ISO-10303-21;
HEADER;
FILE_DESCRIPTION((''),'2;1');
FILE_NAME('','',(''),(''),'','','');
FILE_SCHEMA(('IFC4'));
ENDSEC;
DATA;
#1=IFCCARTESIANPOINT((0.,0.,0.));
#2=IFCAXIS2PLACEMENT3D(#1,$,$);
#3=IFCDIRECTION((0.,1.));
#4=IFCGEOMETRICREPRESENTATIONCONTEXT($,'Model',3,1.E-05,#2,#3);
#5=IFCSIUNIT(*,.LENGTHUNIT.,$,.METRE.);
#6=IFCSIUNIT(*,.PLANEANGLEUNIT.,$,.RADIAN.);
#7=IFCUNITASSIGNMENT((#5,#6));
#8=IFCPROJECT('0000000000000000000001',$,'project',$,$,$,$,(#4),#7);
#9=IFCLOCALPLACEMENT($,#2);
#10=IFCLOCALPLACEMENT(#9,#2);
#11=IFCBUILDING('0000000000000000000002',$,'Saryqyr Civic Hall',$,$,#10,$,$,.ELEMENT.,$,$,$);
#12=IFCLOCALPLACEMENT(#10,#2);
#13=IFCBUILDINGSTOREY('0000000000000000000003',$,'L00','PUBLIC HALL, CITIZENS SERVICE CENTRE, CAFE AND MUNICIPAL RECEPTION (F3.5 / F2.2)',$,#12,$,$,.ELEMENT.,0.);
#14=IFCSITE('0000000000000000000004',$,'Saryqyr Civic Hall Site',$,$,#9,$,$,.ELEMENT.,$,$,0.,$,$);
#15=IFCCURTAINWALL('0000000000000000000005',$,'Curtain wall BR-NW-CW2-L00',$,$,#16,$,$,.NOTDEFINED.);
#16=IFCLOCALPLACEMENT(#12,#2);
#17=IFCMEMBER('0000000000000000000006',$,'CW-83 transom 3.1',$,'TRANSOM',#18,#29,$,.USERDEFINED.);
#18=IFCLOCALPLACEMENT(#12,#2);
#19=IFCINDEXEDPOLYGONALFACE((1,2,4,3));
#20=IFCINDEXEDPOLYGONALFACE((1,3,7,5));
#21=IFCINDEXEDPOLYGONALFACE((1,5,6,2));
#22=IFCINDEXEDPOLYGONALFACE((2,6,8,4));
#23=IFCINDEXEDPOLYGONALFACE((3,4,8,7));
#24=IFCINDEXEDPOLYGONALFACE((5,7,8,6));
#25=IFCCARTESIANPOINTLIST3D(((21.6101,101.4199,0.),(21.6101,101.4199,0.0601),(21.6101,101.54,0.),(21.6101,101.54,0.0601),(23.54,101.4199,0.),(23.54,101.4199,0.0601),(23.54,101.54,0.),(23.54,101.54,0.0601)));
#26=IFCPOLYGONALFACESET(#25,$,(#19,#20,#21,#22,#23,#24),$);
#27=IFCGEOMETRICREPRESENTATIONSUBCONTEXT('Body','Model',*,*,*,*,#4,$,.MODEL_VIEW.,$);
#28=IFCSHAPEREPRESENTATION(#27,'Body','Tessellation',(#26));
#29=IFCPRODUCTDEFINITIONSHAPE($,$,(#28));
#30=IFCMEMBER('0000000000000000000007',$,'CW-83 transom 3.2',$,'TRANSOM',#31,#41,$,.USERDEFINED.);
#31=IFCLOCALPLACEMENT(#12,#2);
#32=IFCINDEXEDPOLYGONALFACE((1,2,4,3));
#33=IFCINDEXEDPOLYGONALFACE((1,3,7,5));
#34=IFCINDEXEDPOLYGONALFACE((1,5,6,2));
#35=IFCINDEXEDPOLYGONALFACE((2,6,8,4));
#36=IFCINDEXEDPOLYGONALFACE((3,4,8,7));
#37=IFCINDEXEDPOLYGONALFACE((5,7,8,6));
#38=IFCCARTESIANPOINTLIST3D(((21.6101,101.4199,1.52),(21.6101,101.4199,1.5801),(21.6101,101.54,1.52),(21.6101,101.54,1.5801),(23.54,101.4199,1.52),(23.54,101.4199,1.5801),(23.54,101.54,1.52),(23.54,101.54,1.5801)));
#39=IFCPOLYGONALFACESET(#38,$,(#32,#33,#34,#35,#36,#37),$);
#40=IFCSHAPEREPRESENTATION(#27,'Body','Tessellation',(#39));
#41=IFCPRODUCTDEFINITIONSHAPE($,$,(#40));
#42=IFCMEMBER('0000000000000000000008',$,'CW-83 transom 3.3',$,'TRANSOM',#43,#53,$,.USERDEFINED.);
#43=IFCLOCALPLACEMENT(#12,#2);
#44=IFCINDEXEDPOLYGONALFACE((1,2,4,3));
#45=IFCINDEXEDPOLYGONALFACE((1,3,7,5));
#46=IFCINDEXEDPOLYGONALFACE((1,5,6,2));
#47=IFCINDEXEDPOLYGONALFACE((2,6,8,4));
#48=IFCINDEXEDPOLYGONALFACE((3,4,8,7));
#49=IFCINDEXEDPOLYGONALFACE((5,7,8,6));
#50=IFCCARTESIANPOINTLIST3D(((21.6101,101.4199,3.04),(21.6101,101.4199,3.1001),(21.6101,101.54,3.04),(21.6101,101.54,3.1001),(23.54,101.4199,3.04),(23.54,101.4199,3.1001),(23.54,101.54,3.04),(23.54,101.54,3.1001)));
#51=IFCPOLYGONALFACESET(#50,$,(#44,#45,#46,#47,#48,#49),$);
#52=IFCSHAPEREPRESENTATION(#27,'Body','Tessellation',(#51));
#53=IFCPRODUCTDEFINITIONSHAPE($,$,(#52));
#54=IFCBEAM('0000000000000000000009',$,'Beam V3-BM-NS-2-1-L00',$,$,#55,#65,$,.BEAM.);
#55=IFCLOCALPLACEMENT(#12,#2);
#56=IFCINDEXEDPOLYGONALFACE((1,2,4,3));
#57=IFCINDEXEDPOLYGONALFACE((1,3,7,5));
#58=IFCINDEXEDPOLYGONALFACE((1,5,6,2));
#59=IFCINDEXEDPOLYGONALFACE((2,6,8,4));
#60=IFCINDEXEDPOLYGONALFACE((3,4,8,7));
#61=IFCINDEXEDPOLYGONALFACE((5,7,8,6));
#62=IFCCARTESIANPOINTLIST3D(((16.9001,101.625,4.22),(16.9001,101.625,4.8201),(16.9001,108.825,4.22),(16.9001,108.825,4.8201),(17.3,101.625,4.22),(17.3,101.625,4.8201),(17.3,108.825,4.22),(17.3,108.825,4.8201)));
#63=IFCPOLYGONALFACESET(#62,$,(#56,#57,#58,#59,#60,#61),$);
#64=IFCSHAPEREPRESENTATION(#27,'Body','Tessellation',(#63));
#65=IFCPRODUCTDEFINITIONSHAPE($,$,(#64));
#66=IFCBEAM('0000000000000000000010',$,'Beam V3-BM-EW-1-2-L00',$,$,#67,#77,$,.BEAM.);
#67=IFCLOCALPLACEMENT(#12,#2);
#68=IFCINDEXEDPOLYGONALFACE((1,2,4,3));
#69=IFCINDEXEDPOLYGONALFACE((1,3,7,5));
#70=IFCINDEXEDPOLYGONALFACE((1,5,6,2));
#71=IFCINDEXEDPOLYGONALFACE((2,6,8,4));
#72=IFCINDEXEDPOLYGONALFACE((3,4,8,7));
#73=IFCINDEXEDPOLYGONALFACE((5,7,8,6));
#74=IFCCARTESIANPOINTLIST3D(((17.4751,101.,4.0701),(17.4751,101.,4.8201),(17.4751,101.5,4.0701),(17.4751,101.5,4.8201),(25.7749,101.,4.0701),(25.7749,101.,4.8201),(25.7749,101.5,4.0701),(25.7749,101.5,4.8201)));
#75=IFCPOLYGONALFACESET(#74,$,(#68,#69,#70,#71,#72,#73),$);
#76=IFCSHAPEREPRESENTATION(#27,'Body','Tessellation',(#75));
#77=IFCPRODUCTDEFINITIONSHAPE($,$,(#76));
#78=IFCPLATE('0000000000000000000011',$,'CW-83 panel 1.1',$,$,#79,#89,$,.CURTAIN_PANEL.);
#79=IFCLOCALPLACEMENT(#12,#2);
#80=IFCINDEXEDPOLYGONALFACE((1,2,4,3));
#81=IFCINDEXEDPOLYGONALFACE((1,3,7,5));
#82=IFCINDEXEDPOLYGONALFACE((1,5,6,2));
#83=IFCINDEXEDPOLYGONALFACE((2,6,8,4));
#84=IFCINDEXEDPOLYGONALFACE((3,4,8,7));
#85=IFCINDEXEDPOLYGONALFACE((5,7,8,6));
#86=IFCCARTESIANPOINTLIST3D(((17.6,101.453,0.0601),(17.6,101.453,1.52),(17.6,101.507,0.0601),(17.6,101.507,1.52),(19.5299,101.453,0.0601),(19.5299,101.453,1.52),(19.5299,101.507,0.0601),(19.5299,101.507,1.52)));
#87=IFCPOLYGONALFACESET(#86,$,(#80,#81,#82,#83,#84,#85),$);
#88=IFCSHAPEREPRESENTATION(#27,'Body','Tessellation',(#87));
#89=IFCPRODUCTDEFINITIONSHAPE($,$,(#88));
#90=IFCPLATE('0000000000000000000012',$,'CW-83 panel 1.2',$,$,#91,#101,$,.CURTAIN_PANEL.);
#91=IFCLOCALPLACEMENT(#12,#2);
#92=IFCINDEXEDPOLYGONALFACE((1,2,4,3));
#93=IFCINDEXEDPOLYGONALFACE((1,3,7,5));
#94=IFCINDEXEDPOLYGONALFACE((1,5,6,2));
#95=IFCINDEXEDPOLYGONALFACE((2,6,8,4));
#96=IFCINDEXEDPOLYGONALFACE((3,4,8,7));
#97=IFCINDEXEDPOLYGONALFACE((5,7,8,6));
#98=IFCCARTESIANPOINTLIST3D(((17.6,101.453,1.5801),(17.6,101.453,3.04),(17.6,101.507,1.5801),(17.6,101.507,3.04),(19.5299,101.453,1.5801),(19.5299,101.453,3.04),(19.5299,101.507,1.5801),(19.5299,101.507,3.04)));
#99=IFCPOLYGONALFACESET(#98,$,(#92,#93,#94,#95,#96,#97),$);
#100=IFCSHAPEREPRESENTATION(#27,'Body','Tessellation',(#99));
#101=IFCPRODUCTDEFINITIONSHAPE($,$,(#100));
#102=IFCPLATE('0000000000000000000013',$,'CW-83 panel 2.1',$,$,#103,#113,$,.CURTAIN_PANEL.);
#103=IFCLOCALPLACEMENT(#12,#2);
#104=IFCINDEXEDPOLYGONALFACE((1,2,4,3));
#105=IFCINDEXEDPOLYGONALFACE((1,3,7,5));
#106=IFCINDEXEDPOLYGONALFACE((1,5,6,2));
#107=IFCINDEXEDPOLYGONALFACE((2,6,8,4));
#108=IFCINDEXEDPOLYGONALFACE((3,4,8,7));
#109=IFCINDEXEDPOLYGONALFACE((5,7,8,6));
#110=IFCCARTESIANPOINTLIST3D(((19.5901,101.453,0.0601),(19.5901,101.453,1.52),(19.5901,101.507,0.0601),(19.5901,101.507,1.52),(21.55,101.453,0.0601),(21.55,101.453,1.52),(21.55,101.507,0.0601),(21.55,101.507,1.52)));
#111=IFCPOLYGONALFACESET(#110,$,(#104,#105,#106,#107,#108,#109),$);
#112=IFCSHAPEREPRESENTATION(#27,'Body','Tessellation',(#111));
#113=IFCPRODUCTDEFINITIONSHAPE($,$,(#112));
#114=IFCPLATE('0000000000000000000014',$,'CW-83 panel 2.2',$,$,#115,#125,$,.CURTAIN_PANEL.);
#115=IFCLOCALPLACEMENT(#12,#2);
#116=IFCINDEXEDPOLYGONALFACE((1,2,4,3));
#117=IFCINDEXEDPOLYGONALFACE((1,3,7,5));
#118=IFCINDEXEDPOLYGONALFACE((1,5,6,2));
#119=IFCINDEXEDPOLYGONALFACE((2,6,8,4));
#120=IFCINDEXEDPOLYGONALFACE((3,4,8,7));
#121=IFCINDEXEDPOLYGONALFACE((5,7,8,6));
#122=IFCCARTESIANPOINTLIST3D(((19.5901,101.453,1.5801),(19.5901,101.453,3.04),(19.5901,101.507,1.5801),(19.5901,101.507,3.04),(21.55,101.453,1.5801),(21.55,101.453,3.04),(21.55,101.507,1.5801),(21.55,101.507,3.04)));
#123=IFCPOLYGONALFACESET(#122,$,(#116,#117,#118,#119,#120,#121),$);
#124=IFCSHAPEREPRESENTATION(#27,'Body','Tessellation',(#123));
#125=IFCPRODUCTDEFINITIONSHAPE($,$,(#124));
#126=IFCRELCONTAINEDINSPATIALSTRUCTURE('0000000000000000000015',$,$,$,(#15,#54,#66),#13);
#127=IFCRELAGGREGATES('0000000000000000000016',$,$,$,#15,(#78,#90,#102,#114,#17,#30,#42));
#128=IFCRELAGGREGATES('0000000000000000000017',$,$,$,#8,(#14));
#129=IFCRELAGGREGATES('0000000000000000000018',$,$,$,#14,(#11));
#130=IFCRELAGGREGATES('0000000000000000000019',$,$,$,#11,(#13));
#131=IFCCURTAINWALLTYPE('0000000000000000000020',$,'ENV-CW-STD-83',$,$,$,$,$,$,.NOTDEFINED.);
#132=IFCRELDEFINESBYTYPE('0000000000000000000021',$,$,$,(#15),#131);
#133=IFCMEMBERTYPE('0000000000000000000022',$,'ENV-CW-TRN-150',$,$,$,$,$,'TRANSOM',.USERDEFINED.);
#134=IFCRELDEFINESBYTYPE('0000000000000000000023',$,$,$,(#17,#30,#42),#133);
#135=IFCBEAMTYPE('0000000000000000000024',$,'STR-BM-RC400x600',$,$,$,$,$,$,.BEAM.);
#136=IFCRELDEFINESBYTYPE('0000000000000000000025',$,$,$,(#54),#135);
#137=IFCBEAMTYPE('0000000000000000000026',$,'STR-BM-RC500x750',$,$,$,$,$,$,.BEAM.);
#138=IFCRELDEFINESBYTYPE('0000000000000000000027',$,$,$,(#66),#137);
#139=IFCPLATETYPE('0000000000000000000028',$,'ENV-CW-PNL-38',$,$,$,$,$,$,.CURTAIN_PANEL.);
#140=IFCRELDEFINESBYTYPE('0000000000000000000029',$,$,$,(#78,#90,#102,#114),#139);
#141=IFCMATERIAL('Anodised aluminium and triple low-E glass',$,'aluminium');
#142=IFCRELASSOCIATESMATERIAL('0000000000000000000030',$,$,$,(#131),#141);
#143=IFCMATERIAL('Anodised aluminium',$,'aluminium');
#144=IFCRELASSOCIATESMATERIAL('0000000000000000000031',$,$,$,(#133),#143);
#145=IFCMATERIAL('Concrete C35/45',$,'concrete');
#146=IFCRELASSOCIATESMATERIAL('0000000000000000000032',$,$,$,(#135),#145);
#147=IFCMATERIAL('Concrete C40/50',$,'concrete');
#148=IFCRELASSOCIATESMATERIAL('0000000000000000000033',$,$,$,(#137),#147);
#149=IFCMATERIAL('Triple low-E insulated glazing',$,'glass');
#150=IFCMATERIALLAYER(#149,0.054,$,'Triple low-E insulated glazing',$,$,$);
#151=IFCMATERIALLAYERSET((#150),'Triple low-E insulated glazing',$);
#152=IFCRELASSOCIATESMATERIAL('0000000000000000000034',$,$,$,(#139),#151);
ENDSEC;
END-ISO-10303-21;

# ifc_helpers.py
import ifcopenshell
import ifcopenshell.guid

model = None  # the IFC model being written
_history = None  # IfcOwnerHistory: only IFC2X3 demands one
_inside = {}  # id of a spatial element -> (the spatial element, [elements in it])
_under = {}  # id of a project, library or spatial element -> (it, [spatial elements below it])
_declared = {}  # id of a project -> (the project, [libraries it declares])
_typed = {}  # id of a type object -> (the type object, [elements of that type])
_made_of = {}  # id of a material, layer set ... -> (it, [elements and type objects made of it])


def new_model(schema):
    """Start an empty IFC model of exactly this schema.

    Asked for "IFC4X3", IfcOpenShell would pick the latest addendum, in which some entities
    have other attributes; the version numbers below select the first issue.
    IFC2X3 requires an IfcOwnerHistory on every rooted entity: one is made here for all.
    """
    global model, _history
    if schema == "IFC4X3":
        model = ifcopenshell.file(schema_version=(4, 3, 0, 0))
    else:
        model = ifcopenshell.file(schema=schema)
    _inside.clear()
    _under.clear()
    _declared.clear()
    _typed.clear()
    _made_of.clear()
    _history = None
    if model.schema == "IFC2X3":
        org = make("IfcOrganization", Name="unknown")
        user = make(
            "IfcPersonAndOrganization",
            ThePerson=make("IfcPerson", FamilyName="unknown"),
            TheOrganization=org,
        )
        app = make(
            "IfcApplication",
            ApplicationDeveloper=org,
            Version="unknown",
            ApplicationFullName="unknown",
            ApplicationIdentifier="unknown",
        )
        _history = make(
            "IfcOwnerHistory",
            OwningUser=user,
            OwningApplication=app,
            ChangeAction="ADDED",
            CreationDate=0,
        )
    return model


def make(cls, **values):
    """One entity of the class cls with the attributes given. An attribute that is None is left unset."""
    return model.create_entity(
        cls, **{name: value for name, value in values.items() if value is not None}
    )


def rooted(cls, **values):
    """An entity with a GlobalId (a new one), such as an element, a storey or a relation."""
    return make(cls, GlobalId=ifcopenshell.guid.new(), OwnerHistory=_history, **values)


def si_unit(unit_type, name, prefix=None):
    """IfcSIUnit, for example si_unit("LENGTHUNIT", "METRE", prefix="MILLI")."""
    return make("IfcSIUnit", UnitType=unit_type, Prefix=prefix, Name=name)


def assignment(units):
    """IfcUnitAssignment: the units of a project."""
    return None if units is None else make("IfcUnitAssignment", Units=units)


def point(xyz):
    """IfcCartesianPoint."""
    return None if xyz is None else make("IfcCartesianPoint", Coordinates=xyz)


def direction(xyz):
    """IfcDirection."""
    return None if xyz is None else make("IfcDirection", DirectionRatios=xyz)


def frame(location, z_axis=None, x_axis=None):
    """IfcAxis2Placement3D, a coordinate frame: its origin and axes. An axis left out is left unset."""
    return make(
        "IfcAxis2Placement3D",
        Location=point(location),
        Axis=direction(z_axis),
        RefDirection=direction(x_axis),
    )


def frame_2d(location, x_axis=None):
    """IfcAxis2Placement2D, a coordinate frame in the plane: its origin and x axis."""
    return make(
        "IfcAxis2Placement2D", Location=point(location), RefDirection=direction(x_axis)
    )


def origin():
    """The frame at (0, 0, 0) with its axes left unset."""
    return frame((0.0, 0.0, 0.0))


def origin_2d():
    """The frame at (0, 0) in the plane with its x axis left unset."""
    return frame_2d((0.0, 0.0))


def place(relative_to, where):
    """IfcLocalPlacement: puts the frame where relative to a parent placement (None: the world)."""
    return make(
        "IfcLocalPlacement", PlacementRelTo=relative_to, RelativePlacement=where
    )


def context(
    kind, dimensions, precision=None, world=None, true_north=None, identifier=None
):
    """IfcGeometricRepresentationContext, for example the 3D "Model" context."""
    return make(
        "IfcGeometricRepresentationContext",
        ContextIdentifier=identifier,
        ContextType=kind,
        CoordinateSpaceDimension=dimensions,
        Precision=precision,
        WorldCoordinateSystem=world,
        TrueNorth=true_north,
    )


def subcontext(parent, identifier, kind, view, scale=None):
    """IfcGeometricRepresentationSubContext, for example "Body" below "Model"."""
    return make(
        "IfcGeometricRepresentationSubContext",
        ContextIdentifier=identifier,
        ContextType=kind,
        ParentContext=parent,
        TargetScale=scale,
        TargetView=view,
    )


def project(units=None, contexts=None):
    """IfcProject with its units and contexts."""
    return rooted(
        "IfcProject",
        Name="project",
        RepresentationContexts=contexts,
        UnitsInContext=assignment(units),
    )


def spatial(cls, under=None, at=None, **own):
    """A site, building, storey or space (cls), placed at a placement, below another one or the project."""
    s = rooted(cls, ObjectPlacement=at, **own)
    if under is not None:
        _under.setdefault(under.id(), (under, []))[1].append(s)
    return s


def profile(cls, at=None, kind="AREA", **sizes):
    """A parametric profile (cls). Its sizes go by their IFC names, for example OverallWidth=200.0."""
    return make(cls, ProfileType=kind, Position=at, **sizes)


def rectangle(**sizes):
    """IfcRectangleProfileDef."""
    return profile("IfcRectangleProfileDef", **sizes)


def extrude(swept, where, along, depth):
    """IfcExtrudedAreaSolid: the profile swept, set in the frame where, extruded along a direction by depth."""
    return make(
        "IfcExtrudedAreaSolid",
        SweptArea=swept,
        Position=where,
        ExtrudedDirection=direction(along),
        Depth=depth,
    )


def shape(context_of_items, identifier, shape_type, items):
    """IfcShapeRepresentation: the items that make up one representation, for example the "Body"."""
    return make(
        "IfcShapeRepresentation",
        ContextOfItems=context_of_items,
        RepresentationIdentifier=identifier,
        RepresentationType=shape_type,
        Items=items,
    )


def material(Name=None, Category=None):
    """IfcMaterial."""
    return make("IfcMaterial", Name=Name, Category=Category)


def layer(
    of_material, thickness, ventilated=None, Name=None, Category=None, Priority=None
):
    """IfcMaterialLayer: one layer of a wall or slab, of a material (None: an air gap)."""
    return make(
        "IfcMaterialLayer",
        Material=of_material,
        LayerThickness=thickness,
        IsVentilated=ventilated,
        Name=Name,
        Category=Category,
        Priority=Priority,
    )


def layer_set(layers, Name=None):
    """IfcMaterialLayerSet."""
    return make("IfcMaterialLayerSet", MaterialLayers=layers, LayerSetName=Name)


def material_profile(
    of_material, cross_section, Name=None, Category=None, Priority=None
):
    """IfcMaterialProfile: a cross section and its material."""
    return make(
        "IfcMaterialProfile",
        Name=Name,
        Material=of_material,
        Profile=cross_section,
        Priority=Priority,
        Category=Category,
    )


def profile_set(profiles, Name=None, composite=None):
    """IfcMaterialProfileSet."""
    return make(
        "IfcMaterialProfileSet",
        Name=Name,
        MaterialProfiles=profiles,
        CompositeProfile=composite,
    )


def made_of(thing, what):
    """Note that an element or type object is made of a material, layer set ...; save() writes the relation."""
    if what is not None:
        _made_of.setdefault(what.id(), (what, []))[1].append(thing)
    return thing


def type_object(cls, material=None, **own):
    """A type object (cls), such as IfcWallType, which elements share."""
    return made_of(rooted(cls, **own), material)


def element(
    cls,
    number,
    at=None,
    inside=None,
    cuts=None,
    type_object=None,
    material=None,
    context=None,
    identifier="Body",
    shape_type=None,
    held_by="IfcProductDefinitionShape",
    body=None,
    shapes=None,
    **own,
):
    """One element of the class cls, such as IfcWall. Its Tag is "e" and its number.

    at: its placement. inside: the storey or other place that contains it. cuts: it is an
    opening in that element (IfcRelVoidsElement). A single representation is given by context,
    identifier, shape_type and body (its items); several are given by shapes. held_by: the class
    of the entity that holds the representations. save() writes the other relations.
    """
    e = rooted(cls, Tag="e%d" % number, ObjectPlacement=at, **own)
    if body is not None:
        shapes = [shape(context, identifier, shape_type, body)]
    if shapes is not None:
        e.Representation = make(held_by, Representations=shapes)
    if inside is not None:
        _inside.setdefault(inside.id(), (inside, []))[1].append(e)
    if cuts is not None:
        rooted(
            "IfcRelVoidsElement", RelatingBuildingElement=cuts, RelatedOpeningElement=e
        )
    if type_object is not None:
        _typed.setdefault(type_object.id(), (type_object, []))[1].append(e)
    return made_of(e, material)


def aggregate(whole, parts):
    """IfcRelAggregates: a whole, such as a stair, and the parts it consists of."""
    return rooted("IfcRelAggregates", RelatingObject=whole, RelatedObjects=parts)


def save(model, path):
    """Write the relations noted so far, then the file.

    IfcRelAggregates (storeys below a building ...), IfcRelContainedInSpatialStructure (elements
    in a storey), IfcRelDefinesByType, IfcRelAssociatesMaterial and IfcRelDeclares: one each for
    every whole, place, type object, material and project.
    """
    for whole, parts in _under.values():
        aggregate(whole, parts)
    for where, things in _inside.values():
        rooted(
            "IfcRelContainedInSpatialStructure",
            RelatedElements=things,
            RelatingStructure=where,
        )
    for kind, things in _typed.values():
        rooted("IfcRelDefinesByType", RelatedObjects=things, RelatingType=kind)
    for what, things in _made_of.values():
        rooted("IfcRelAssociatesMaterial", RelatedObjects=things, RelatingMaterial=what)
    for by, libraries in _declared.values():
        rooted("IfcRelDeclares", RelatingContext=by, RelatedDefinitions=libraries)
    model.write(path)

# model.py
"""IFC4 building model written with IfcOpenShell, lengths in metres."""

from ifc_helpers import new_model, si_unit, direction, frame, origin, origin_2d, place, context, subcontext, project, spatial, rectangle, extrude, material, layer, layer_set, material_profile, profile_set, type_object, element, aggregate, save


model = new_model("IFC4")

# Units and contexts
model_context = context("Model", 3, precision=1e-05, world=origin(), true_north=direction((0.0, 1.0)))
body_context = subcontext(model_context, "Body", "Model", "MODEL_VIEW")
ifc_project = project(units=[si_unit("LENGTHUNIT", "METRE"), si_unit("PLANEANGLEUNIT", "RADIAN")], contexts=[model_context])

# Site, building, storey
site_placement = place(None, origin())
site = spatial("IfcSite", under=ifc_project, at=site_placement, Name="Saryqyr Civic Hall Site", CompositionType="ELEMENT", RefElevation=0.0)
building_placement = place(site_placement, origin())
building = spatial("IfcBuilding", under=site, at=building_placement, Name="Saryqyr Civic Hall", CompositionType="ELEMENT")
storey_placement = place(building_placement, origin())
storey = spatial("IfcBuildingStorey", under=building, at=storey_placement, Name="L00", Description="PUBLIC HALL, CITIZENS SERVICE CENTRE, CAFE AND MUNICIPAL RECEPTION (F3.5 / F2.2)", CompositionType="ELEMENT", Elevation=0.0)

# Shared definitions
ifc_material_1 = material(Name="Concrete C40/50", Category="concrete")

# Curtain wall, members
ifc_material_2 = material(Name="Anodised aluminium and triple low-E glass", Category="aluminium")
curtain_wall_type = type_object("IfcCurtainWallType", Name="ENV-CW-STD-83", PredefinedType="NOTDEFINED", material=ifc_material_2)
curtain_wall_placement = place(storey_placement, origin())
curtain_wall = element("IfcCurtainWall", 1, at=curtain_wall_placement, inside=storey, type_object=curtain_wall_type, Name="Curtain wall BR-NW-CW2-L00", PredefinedType="NOTDEFINED")
ifc_material_3 = material(Name="Anodised aluminium", Category="aluminium")
ifc_material_profile_1 = material_profile(ifc_material_3, rectangle(XDim=0.1201, YDim=0.0601, at=origin_2d()), Name="ALU TRANSOM 120x60")
ifc_profile_set_1 = profile_set([ifc_material_profile_1], Name="Anodised aluminium")
member_type_1 = type_object("IfcMemberType", Name="ENV-CW-TRN-150", ElementType="TRANSOM", PredefinedType="USERDEFINED", material=ifc_profile_set_1)
member_1_placement = place(storey_placement, frame((21.6101, 101.48, 0.03), z_axis=(1.0, 0.0, 0.0), x_axis=(0.0, 1.0, 0.0)))
member_1 = element("IfcMember", 2, at=member_1_placement, type_object=member_type_1, Name="CW-83 transom 3.1", ObjectType="TRANSOM", PredefinedType="USERDEFINED", context=body_context, shape_type="SweptSolid", body=[
    extrude(rectangle(XDim=0.1201, YDim=0.0601, at=origin_2d()), origin(), (0.0, 0.0, 1.0), 1.9299),
])
member_2_placement = place(storey_placement, frame((21.6101, 101.48, 1.55), z_axis=(1.0, 0.0, 0.0), x_axis=(0.0, 1.0, 0.0)))
member_2 = element("IfcMember", 3, at=member_2_placement, type_object=member_type_1, Name="CW-83 transom 3.2", ObjectType="TRANSOM", PredefinedType="USERDEFINED", context=body_context, shape_type="SweptSolid", body=[
    extrude(rectangle(XDim=0.1201, YDim=0.0601, at=origin_2d()), origin(), (0.0, 0.0, 1.0), 1.9299),
])
member_3_placement = place(storey_placement, frame((21.6101, 101.48, 3.0701), z_axis=(1.0, 0.0, 0.0), x_axis=(0.0, 1.0, 0.0)))
member_3 = element("IfcMember", 4, at=member_3_placement, type_object=member_type_1, Name="CW-83 transom 3.3", ObjectType="TRANSOM", PredefinedType="USERDEFINED", context=body_context, shape_type="SweptSolid", body=[
    extrude(rectangle(XDim=0.1201, YDim=0.0601, at=origin_2d()), origin(), (0.0, 0.0, 1.0), 1.9299),
])

# Beams
ifc_material_4 = material(Name="Concrete C35/45", Category="concrete")
ifc_material_profile_2 = material_profile(ifc_material_4, rectangle(XDim=0.3999, YDim=0.6001, at=origin_2d()), Name="RC 400x600")
ifc_profile_set_2 = profile_set([ifc_material_profile_2], Name="Concrete C35/45")
beam_type_1 = type_object("IfcBeamType", Name="STR-BM-RC400x600", PredefinedType="BEAM", material=ifc_profile_set_2)
beam_1_placement = place(storey_placement, frame((17.1001, 101.625, 4.52), z_axis=(0.0, 1.0, 0.0), x_axis=(-1.0, 0.0, 0.0)))
element("IfcBeam", 5, at=beam_1_placement, inside=storey, type_object=beam_type_1, Name="Beam V3-BM-NS-2-1-L00", PredefinedType="BEAM", context=body_context, shape_type="SweptSolid", body=[
    extrude(rectangle(XDim=0.3999, YDim=0.6001, at=origin_2d()), origin(), (0.0, 0.0, 1.0), 7.2),
])
ifc_material_profile_3 = material_profile(ifc_material_1, rectangle(XDim=0.5, YDim=0.75, at=origin_2d()), Name="RC 500x750")
ifc_profile_set_3 = profile_set([ifc_material_profile_3], Name="Concrete C40/50")
beam_type_2 = type_object("IfcBeamType", Name="STR-BM-RC500x750", PredefinedType="BEAM", material=ifc_profile_set_3)
beam_2_placement = place(storey_placement, frame((17.4751, 101.25, 4.4451), z_axis=(1.0, 0.0, 0.0), x_axis=(0.0, 1.0, 0.0)))
element("IfcBeam", 6, at=beam_2_placement, inside=storey, type_object=beam_type_2, Name="Beam V3-BM-EW-1-2-L00", PredefinedType="BEAM", context=body_context, shape_type="SweptSolid", body=[
    extrude(rectangle(XDim=0.5, YDim=0.75, at=origin_2d()), origin(), (0.0, 0.0, 1.0), 8.2998),
])

# Plates
ifc_material_5 = material(Name="Triple low-E insulated glazing", Category="glass")
ifc_layer = layer(ifc_material_5, 0.054, Name="Triple low-E insulated glazing")
ifc_layer_set = layer_set([ifc_layer], Name="Triple low-E insulated glazing")
plate_type = type_object("IfcPlateType", Name="ENV-CW-PNL-38", PredefinedType="CURTAIN_PANEL", material=ifc_layer_set)
plate_1_placement = place(storey_placement, frame((18.5649, 101.48, 0.0601), z_axis=(0.0, 0.0, 1.0), x_axis=(1.0, 0.0, 0.0)))
plate_1 = element("IfcPlate", 7, at=plate_1_placement, type_object=plate_type, Name="CW-83 panel 1.1", PredefinedType="CURTAIN_PANEL", context=body_context, shape_type="SweptSolid", body=[
    extrude(rectangle(XDim=1.9299, YDim=0.054, at=origin_2d()), origin(), (0.0, 0.0, 1.0), 1.46),
])
plate_2_placement = place(storey_placement, frame((18.5649, 101.48, 1.5801), z_axis=(0.0, 0.0, 1.0), x_axis=(1.0, 0.0, 0.0)))
plate_2 = element("IfcPlate", 8, at=plate_2_placement, type_object=plate_type, Name="CW-83 panel 1.2", PredefinedType="CURTAIN_PANEL", context=body_context, shape_type="SweptSolid", body=[
    extrude(rectangle(XDim=1.9299, YDim=0.054, at=origin_2d()), origin(), (0.0, 0.0, 1.0), 1.46),
])
plate_3_placement = place(storey_placement, frame((20.5701, 101.48, 0.0601), z_axis=(0.0, 0.0, 1.0), x_axis=(1.0, 0.0, 0.0)))
plate_3 = element("IfcPlate", 9, at=plate_3_placement, type_object=plate_type, Name="CW-83 panel 2.1", PredefinedType="CURTAIN_PANEL", context=body_context, shape_type="SweptSolid", body=[
    extrude(rectangle(XDim=1.96, YDim=0.054, at=origin_2d()), origin(), (0.0, 0.0, 1.0), 1.46),
])
plate_4_placement = place(storey_placement, frame((20.5701, 101.48, 1.5801), z_axis=(0.0, 0.0, 1.0), x_axis=(1.0, 0.0, 0.0)))
plate_4 = element("IfcPlate", 10, at=plate_4_placement, type_object=plate_type, Name="CW-83 panel 2.2", PredefinedType="CURTAIN_PANEL", context=body_context, shape_type="SweptSolid", body=[
    extrude(rectangle(XDim=1.96, YDim=0.054, at=origin_2d()), origin(), (0.0, 0.0, 1.0), 1.46),
])
aggregate(curtain_wall, [plate_1, plate_2, plate_3, plate_4, member_1, member_2, member_3])

save(model, "model.ifc")
